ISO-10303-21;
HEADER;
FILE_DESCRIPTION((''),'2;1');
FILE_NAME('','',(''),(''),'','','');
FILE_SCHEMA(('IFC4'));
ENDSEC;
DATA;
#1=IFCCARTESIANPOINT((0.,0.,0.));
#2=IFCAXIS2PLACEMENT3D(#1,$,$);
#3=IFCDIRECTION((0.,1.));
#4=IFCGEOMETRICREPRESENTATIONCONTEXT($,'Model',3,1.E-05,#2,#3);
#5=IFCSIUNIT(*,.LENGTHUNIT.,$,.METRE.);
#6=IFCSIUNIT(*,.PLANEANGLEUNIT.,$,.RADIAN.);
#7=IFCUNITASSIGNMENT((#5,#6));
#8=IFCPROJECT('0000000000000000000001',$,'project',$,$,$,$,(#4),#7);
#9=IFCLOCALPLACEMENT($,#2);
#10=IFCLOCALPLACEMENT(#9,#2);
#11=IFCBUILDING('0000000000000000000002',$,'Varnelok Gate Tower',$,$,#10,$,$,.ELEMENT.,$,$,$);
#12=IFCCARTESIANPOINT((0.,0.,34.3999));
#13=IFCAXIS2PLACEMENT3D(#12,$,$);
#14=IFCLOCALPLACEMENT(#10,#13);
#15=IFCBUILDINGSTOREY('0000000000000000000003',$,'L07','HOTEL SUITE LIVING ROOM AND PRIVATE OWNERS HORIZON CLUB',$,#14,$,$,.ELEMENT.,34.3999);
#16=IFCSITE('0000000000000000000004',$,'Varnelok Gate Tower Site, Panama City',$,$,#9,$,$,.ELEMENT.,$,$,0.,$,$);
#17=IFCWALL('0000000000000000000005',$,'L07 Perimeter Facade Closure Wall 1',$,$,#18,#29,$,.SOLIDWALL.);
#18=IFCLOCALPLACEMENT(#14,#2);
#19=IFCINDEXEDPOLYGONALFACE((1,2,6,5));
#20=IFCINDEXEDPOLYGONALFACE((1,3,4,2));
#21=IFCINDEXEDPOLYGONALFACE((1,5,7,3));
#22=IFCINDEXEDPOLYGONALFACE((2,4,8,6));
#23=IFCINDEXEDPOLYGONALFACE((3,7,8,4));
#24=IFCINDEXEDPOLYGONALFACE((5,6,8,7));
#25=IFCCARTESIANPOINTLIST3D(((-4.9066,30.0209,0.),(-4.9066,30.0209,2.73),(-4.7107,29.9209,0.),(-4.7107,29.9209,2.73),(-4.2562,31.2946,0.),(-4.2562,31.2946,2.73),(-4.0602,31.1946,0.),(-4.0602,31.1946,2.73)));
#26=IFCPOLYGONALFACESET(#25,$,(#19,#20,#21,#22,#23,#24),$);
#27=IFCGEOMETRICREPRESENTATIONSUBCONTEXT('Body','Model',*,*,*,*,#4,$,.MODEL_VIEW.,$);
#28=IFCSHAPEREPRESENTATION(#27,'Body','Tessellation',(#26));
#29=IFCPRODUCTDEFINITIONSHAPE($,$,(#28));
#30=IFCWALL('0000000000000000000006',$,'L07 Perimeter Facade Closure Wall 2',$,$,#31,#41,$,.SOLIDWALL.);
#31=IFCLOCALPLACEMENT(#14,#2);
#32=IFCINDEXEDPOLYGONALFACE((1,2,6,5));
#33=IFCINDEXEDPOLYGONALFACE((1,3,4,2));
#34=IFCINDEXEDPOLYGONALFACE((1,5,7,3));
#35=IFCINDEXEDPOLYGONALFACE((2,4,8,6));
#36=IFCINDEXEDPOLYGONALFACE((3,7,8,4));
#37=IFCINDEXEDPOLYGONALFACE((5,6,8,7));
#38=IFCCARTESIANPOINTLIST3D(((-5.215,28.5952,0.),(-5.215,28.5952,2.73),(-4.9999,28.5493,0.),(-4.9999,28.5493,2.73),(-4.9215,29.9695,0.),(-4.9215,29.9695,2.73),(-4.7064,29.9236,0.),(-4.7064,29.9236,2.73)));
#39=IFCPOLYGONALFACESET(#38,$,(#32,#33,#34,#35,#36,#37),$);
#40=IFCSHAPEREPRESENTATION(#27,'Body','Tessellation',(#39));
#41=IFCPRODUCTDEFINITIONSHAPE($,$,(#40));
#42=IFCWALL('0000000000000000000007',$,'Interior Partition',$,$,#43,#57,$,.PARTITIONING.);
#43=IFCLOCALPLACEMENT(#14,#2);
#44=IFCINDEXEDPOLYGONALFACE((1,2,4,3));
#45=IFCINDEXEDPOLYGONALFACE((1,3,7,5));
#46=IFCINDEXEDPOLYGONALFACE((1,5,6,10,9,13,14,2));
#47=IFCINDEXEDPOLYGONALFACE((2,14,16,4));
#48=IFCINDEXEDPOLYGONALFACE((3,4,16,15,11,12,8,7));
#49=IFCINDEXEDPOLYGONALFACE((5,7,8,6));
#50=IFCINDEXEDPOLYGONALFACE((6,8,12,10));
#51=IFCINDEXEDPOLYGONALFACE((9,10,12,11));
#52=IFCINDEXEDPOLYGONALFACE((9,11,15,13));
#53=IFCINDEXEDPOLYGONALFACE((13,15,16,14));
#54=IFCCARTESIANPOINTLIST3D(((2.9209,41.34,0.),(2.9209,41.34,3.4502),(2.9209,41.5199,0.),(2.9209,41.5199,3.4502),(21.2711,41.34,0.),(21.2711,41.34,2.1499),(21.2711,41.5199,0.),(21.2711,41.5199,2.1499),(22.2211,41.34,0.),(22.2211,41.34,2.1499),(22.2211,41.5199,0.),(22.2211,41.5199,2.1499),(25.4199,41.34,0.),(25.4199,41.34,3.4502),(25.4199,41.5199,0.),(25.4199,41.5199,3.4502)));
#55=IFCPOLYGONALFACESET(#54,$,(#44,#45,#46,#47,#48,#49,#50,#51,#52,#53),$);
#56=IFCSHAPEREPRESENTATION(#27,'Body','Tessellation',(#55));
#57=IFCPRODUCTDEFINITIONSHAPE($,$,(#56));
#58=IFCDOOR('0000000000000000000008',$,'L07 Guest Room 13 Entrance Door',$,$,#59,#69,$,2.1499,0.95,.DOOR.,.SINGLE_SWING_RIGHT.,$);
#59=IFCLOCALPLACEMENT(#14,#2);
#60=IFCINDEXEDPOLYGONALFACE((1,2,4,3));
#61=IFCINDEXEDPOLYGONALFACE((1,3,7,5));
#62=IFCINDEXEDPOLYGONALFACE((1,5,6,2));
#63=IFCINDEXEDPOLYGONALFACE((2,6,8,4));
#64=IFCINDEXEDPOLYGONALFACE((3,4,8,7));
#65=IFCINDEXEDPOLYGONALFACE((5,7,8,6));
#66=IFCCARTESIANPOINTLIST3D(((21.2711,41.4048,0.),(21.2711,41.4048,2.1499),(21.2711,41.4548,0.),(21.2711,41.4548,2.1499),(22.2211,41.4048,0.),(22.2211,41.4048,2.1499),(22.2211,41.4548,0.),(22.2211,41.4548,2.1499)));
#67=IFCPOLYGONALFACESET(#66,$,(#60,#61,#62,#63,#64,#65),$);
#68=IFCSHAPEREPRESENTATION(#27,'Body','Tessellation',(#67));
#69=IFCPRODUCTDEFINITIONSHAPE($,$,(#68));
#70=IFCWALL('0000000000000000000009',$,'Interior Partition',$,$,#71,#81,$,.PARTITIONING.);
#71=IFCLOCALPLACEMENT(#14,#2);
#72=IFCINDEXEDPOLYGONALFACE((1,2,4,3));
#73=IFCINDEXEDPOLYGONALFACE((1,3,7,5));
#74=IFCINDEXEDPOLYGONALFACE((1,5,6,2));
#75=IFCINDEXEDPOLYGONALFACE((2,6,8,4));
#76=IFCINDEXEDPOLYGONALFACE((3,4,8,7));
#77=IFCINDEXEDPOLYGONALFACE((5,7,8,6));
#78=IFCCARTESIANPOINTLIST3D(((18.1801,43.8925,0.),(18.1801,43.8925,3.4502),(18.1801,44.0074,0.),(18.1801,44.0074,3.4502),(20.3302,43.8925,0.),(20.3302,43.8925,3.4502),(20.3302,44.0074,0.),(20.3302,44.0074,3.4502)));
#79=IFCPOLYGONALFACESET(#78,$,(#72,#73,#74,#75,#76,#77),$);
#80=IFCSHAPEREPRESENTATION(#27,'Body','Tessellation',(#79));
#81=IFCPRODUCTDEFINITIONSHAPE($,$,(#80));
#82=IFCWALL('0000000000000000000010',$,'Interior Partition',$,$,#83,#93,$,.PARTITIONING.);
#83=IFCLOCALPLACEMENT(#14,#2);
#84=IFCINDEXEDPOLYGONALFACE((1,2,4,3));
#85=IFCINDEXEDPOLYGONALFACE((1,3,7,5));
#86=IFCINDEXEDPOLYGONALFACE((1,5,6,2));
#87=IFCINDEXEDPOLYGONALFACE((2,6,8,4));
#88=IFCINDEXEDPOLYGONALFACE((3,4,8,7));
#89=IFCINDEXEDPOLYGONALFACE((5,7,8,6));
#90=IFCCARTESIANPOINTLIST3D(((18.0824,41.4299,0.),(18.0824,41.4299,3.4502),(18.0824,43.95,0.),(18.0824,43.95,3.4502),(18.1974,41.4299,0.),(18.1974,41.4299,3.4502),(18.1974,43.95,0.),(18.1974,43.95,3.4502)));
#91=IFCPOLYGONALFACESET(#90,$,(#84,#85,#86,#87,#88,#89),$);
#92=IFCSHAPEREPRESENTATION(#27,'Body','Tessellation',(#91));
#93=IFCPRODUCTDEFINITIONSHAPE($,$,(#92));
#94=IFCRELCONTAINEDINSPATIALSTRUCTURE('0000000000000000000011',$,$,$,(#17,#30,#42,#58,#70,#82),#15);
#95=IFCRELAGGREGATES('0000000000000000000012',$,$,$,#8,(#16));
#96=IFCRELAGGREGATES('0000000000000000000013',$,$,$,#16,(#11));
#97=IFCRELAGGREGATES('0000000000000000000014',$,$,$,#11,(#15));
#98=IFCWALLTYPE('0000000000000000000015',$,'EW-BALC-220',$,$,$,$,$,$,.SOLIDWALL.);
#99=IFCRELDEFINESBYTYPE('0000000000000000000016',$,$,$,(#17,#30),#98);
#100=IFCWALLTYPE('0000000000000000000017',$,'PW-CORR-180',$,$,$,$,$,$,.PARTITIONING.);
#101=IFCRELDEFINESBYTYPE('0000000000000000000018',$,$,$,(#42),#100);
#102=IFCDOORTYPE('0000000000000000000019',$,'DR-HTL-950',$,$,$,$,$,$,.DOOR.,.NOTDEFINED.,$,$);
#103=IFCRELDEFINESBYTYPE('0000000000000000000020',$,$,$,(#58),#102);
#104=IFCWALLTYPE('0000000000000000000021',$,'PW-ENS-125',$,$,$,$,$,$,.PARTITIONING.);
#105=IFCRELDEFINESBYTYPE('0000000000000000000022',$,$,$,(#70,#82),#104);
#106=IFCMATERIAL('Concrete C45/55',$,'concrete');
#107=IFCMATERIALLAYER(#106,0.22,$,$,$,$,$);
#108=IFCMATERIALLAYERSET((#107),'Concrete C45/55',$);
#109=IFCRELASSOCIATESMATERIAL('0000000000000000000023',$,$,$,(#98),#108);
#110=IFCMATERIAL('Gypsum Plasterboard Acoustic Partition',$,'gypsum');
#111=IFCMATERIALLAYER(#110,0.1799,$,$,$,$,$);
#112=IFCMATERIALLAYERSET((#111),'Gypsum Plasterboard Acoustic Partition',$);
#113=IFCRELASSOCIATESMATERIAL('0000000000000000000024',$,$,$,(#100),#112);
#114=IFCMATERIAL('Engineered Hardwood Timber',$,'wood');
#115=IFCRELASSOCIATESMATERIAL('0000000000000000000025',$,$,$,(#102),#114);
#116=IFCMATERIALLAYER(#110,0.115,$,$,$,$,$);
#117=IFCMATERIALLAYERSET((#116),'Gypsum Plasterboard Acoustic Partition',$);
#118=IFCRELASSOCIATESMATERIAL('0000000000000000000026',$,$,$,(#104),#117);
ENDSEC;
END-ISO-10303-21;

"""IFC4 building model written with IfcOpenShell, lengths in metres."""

from ifc_helpers import new_model, si_unit, direction, frame, frame_2d, origin, place, context, subcontext, project, spatial, rectangle, extrude, material, layer, layer_set, type_object, element, fill, save


model = new_model("IFC4")

# Units and contexts
model_context = context("Model", 3, precision=1e-05, world=origin(), true_north=direction((0.0, 1.0)))
body_context = subcontext(model_context, "Body", "Model", "MODEL_VIEW")
ifc_project = project(units=[si_unit("LENGTHUNIT", "METRE"), si_unit("PLANEANGLEUNIT", "RADIAN")], contexts=[model_context])

# Site, building, storey
site_placement = place(None, origin())
site = spatial("IfcSite", under=ifc_project, at=site_placement, Name="Varnelok Gate Tower Site, Panama City", CompositionType="ELEMENT", RefElevation=0.0)
building_placement = place(site_placement, origin())
building = spatial("IfcBuilding", under=site, at=building_placement, Name="Varnelok Gate Tower", CompositionType="ELEMENT")
storey_placement = place(building_placement, frame((0.0, 0.0, 34.3999)))
storey = spatial("IfcBuildingStorey", under=building, at=storey_placement, Name="L07", Description="HOTEL SUITE LIVING ROOM AND PRIVATE OWNERS HORIZON CLUB", CompositionType="ELEMENT", Elevation=34.3999)

# Walls
ifc_material_1 = material(Name="Concrete C45/55", Category="concrete")
ifc_layer_1 = layer(ifc_material_1, 0.22)
ifc_layer_set_1 = layer_set([ifc_layer_1], Name="Concrete C45/55")
wall_type_1 = type_object("IfcWallType", Name="EW-BALC-220", PredefinedType="SOLIDWALL", material=ifc_layer_set_1)
wall_1_placement = place(storey_placement, frame((-4.1582, 31.2446, 0.0), z_axis=(0.0, 0.0, 1.0), x_axis=(-0.454777, -0.890605, 0.0)))
element("IfcWall", 1, at=wall_1_placement, inside=storey, type_object=wall_type_1, Name="L07 Perimeter Facade Closure Wall 1", PredefinedType="SOLIDWALL", context=body_context, shape_type="SweptSolid", body=[
    extrude(rectangle(XDim=1.4302, YDim=0.22, at=frame_2d((0.7151, 0.0))), origin(), (0.0, 0.0, 1.0), 2.73),
])
wall_2_placement = place(storey_placement, frame((-4.814, 29.9465, 0.0), z_axis=(0.0, 0.0, 1.0), x_axis=(-0.208829, -0.977952, 0.0)))
element("IfcWall", 2, at=wall_2_placement, inside=storey, type_object=wall_type_1, Name="L07 Perimeter Facade Closure Wall 2", PredefinedType="SOLIDWALL", context=body_context, shape_type="SweptSolid", body=[
    extrude(rectangle(XDim=1.4053, YDim=0.22, at=frame_2d((0.7026, 0.0))), origin(), (0.0, 0.0, 1.0), 2.73),
])

# Wall, opening, door
ifc_material_2 = material(Name="Gypsum Plasterboard Acoustic Partition", Category="gypsum")
ifc_layer_2 = layer(ifc_material_2, 0.1799)
ifc_layer_set_2 = layer_set([ifc_layer_2], Name="Gypsum Plasterboard Acoustic Partition")
wall_type_2 = type_object("IfcWallType", Name="PW-CORR-180", PredefinedType="PARTITIONING", material=ifc_layer_set_2)
wall_3_placement = place(storey_placement, frame((2.9209, 41.4299, 0.0), z_axis=(0.0, 0.0, 1.0), x_axis=(1.0, 0.0, 0.0)))
wall_3 = element("IfcWall", 3, at=wall_3_placement, inside=storey, type_object=wall_type_2, Name="Interior Partition", PredefinedType="PARTITIONING", context=body_context, shape_type="SweptSolid", body=[
    extrude(rectangle(XDim=22.499, YDim=0.1799, at=frame_2d((11.2495, 0.0))), origin(), (0.0, 0.0, 1.0), 3.4502),
])
opening_placement = place(wall_3_placement, frame((18.3501, 0.0, 0.0)))
opening = element("IfcOpeningElement", 4, at=opening_placement, cuts=wall_3, PredefinedType="OPENING", context=body_context, shape_type="SweptSolid", body=[
    extrude(rectangle(XDim=0.95, YDim=2.1499, at=frame_2d((0.4751, 1.075))), frame((0.0, 0.0999, 0.0), z_axis=(0.0, -1.0, 0.0), x_axis=(1.0, 0.0, 0.0)), (0.0, 0.0, 1.0), 0.2),
])
ifc_material_3 = material(Name="Engineered Hardwood Timber", Category="wood")
door_type = type_object("IfcDoorType", Name="DR-HTL-950", OperationType="NOTDEFINED", PredefinedType="DOOR", material=ifc_material_3)
door_placement = place(opening_placement, origin())
door = element("IfcDoor", 5, at=door_placement, inside=storey, type_object=door_type, Name="L07 Guest Room 13 Entrance Door", OperationType="SINGLE_SWING_RIGHT", OverallHeight=2.1499, OverallWidth=0.95, PredefinedType="DOOR", context=body_context, shape_type="SweptSolid", body=[
    extrude(rectangle(XDim=0.95, YDim=2.1499, at=frame_2d((0.4751, 1.075))), frame((0.0, 0.0249, 0.0), z_axis=(0.0, -1.0, 0.0), x_axis=(1.0, 0.0, 0.0)), (0.0, 0.0, 1.0), 0.05),
])
fill(opening, door)

# Walls
ifc_layer_3 = layer(ifc_material_2, 0.115)
ifc_layer_set_3 = layer_set([ifc_layer_3], Name="Gypsum Plasterboard Acoustic Partition")
wall_type_3 = type_object("IfcWallType", Name="PW-ENS-125", PredefinedType="PARTITIONING", material=ifc_layer_set_3)
wall_4_placement = place(storey_placement, frame((18.1799, 43.95, 0.0), z_axis=(0.0, 0.0, 1.0), x_axis=(1.0, 0.0, 0.0)))
element("IfcWall", 6, at=wall_4_placement, inside=storey, type_object=wall_type_3, Name="Interior Partition", PredefinedType="PARTITIONING", context=body_context, shape_type="SweptSolid", body=[
    extrude(rectangle(XDim=2.1501, YDim=0.115, at=frame_2d((1.0752, 0.0))), origin(), (0.0, 0.0, 1.0), 3.4502),
])
wall_5_placement = place(storey_placement, frame((18.1399, 41.4299, 0.0), z_axis=(0.0, 0.0, 1.0), x_axis=(0.0, 1.0, 0.0)))
element("IfcWall", 7, at=wall_5_placement, inside=storey, type_object=wall_type_3, Name="Interior Partition", PredefinedType="PARTITIONING", context=body_context, shape_type="SweptSolid", body=[
    extrude(rectangle(XDim=2.52, YDim=0.115, at=frame_2d((1.26, 0.0))), origin(), (0.0, 0.0, 1.0), 3.4502),
])

save(model, "model.ifc")
